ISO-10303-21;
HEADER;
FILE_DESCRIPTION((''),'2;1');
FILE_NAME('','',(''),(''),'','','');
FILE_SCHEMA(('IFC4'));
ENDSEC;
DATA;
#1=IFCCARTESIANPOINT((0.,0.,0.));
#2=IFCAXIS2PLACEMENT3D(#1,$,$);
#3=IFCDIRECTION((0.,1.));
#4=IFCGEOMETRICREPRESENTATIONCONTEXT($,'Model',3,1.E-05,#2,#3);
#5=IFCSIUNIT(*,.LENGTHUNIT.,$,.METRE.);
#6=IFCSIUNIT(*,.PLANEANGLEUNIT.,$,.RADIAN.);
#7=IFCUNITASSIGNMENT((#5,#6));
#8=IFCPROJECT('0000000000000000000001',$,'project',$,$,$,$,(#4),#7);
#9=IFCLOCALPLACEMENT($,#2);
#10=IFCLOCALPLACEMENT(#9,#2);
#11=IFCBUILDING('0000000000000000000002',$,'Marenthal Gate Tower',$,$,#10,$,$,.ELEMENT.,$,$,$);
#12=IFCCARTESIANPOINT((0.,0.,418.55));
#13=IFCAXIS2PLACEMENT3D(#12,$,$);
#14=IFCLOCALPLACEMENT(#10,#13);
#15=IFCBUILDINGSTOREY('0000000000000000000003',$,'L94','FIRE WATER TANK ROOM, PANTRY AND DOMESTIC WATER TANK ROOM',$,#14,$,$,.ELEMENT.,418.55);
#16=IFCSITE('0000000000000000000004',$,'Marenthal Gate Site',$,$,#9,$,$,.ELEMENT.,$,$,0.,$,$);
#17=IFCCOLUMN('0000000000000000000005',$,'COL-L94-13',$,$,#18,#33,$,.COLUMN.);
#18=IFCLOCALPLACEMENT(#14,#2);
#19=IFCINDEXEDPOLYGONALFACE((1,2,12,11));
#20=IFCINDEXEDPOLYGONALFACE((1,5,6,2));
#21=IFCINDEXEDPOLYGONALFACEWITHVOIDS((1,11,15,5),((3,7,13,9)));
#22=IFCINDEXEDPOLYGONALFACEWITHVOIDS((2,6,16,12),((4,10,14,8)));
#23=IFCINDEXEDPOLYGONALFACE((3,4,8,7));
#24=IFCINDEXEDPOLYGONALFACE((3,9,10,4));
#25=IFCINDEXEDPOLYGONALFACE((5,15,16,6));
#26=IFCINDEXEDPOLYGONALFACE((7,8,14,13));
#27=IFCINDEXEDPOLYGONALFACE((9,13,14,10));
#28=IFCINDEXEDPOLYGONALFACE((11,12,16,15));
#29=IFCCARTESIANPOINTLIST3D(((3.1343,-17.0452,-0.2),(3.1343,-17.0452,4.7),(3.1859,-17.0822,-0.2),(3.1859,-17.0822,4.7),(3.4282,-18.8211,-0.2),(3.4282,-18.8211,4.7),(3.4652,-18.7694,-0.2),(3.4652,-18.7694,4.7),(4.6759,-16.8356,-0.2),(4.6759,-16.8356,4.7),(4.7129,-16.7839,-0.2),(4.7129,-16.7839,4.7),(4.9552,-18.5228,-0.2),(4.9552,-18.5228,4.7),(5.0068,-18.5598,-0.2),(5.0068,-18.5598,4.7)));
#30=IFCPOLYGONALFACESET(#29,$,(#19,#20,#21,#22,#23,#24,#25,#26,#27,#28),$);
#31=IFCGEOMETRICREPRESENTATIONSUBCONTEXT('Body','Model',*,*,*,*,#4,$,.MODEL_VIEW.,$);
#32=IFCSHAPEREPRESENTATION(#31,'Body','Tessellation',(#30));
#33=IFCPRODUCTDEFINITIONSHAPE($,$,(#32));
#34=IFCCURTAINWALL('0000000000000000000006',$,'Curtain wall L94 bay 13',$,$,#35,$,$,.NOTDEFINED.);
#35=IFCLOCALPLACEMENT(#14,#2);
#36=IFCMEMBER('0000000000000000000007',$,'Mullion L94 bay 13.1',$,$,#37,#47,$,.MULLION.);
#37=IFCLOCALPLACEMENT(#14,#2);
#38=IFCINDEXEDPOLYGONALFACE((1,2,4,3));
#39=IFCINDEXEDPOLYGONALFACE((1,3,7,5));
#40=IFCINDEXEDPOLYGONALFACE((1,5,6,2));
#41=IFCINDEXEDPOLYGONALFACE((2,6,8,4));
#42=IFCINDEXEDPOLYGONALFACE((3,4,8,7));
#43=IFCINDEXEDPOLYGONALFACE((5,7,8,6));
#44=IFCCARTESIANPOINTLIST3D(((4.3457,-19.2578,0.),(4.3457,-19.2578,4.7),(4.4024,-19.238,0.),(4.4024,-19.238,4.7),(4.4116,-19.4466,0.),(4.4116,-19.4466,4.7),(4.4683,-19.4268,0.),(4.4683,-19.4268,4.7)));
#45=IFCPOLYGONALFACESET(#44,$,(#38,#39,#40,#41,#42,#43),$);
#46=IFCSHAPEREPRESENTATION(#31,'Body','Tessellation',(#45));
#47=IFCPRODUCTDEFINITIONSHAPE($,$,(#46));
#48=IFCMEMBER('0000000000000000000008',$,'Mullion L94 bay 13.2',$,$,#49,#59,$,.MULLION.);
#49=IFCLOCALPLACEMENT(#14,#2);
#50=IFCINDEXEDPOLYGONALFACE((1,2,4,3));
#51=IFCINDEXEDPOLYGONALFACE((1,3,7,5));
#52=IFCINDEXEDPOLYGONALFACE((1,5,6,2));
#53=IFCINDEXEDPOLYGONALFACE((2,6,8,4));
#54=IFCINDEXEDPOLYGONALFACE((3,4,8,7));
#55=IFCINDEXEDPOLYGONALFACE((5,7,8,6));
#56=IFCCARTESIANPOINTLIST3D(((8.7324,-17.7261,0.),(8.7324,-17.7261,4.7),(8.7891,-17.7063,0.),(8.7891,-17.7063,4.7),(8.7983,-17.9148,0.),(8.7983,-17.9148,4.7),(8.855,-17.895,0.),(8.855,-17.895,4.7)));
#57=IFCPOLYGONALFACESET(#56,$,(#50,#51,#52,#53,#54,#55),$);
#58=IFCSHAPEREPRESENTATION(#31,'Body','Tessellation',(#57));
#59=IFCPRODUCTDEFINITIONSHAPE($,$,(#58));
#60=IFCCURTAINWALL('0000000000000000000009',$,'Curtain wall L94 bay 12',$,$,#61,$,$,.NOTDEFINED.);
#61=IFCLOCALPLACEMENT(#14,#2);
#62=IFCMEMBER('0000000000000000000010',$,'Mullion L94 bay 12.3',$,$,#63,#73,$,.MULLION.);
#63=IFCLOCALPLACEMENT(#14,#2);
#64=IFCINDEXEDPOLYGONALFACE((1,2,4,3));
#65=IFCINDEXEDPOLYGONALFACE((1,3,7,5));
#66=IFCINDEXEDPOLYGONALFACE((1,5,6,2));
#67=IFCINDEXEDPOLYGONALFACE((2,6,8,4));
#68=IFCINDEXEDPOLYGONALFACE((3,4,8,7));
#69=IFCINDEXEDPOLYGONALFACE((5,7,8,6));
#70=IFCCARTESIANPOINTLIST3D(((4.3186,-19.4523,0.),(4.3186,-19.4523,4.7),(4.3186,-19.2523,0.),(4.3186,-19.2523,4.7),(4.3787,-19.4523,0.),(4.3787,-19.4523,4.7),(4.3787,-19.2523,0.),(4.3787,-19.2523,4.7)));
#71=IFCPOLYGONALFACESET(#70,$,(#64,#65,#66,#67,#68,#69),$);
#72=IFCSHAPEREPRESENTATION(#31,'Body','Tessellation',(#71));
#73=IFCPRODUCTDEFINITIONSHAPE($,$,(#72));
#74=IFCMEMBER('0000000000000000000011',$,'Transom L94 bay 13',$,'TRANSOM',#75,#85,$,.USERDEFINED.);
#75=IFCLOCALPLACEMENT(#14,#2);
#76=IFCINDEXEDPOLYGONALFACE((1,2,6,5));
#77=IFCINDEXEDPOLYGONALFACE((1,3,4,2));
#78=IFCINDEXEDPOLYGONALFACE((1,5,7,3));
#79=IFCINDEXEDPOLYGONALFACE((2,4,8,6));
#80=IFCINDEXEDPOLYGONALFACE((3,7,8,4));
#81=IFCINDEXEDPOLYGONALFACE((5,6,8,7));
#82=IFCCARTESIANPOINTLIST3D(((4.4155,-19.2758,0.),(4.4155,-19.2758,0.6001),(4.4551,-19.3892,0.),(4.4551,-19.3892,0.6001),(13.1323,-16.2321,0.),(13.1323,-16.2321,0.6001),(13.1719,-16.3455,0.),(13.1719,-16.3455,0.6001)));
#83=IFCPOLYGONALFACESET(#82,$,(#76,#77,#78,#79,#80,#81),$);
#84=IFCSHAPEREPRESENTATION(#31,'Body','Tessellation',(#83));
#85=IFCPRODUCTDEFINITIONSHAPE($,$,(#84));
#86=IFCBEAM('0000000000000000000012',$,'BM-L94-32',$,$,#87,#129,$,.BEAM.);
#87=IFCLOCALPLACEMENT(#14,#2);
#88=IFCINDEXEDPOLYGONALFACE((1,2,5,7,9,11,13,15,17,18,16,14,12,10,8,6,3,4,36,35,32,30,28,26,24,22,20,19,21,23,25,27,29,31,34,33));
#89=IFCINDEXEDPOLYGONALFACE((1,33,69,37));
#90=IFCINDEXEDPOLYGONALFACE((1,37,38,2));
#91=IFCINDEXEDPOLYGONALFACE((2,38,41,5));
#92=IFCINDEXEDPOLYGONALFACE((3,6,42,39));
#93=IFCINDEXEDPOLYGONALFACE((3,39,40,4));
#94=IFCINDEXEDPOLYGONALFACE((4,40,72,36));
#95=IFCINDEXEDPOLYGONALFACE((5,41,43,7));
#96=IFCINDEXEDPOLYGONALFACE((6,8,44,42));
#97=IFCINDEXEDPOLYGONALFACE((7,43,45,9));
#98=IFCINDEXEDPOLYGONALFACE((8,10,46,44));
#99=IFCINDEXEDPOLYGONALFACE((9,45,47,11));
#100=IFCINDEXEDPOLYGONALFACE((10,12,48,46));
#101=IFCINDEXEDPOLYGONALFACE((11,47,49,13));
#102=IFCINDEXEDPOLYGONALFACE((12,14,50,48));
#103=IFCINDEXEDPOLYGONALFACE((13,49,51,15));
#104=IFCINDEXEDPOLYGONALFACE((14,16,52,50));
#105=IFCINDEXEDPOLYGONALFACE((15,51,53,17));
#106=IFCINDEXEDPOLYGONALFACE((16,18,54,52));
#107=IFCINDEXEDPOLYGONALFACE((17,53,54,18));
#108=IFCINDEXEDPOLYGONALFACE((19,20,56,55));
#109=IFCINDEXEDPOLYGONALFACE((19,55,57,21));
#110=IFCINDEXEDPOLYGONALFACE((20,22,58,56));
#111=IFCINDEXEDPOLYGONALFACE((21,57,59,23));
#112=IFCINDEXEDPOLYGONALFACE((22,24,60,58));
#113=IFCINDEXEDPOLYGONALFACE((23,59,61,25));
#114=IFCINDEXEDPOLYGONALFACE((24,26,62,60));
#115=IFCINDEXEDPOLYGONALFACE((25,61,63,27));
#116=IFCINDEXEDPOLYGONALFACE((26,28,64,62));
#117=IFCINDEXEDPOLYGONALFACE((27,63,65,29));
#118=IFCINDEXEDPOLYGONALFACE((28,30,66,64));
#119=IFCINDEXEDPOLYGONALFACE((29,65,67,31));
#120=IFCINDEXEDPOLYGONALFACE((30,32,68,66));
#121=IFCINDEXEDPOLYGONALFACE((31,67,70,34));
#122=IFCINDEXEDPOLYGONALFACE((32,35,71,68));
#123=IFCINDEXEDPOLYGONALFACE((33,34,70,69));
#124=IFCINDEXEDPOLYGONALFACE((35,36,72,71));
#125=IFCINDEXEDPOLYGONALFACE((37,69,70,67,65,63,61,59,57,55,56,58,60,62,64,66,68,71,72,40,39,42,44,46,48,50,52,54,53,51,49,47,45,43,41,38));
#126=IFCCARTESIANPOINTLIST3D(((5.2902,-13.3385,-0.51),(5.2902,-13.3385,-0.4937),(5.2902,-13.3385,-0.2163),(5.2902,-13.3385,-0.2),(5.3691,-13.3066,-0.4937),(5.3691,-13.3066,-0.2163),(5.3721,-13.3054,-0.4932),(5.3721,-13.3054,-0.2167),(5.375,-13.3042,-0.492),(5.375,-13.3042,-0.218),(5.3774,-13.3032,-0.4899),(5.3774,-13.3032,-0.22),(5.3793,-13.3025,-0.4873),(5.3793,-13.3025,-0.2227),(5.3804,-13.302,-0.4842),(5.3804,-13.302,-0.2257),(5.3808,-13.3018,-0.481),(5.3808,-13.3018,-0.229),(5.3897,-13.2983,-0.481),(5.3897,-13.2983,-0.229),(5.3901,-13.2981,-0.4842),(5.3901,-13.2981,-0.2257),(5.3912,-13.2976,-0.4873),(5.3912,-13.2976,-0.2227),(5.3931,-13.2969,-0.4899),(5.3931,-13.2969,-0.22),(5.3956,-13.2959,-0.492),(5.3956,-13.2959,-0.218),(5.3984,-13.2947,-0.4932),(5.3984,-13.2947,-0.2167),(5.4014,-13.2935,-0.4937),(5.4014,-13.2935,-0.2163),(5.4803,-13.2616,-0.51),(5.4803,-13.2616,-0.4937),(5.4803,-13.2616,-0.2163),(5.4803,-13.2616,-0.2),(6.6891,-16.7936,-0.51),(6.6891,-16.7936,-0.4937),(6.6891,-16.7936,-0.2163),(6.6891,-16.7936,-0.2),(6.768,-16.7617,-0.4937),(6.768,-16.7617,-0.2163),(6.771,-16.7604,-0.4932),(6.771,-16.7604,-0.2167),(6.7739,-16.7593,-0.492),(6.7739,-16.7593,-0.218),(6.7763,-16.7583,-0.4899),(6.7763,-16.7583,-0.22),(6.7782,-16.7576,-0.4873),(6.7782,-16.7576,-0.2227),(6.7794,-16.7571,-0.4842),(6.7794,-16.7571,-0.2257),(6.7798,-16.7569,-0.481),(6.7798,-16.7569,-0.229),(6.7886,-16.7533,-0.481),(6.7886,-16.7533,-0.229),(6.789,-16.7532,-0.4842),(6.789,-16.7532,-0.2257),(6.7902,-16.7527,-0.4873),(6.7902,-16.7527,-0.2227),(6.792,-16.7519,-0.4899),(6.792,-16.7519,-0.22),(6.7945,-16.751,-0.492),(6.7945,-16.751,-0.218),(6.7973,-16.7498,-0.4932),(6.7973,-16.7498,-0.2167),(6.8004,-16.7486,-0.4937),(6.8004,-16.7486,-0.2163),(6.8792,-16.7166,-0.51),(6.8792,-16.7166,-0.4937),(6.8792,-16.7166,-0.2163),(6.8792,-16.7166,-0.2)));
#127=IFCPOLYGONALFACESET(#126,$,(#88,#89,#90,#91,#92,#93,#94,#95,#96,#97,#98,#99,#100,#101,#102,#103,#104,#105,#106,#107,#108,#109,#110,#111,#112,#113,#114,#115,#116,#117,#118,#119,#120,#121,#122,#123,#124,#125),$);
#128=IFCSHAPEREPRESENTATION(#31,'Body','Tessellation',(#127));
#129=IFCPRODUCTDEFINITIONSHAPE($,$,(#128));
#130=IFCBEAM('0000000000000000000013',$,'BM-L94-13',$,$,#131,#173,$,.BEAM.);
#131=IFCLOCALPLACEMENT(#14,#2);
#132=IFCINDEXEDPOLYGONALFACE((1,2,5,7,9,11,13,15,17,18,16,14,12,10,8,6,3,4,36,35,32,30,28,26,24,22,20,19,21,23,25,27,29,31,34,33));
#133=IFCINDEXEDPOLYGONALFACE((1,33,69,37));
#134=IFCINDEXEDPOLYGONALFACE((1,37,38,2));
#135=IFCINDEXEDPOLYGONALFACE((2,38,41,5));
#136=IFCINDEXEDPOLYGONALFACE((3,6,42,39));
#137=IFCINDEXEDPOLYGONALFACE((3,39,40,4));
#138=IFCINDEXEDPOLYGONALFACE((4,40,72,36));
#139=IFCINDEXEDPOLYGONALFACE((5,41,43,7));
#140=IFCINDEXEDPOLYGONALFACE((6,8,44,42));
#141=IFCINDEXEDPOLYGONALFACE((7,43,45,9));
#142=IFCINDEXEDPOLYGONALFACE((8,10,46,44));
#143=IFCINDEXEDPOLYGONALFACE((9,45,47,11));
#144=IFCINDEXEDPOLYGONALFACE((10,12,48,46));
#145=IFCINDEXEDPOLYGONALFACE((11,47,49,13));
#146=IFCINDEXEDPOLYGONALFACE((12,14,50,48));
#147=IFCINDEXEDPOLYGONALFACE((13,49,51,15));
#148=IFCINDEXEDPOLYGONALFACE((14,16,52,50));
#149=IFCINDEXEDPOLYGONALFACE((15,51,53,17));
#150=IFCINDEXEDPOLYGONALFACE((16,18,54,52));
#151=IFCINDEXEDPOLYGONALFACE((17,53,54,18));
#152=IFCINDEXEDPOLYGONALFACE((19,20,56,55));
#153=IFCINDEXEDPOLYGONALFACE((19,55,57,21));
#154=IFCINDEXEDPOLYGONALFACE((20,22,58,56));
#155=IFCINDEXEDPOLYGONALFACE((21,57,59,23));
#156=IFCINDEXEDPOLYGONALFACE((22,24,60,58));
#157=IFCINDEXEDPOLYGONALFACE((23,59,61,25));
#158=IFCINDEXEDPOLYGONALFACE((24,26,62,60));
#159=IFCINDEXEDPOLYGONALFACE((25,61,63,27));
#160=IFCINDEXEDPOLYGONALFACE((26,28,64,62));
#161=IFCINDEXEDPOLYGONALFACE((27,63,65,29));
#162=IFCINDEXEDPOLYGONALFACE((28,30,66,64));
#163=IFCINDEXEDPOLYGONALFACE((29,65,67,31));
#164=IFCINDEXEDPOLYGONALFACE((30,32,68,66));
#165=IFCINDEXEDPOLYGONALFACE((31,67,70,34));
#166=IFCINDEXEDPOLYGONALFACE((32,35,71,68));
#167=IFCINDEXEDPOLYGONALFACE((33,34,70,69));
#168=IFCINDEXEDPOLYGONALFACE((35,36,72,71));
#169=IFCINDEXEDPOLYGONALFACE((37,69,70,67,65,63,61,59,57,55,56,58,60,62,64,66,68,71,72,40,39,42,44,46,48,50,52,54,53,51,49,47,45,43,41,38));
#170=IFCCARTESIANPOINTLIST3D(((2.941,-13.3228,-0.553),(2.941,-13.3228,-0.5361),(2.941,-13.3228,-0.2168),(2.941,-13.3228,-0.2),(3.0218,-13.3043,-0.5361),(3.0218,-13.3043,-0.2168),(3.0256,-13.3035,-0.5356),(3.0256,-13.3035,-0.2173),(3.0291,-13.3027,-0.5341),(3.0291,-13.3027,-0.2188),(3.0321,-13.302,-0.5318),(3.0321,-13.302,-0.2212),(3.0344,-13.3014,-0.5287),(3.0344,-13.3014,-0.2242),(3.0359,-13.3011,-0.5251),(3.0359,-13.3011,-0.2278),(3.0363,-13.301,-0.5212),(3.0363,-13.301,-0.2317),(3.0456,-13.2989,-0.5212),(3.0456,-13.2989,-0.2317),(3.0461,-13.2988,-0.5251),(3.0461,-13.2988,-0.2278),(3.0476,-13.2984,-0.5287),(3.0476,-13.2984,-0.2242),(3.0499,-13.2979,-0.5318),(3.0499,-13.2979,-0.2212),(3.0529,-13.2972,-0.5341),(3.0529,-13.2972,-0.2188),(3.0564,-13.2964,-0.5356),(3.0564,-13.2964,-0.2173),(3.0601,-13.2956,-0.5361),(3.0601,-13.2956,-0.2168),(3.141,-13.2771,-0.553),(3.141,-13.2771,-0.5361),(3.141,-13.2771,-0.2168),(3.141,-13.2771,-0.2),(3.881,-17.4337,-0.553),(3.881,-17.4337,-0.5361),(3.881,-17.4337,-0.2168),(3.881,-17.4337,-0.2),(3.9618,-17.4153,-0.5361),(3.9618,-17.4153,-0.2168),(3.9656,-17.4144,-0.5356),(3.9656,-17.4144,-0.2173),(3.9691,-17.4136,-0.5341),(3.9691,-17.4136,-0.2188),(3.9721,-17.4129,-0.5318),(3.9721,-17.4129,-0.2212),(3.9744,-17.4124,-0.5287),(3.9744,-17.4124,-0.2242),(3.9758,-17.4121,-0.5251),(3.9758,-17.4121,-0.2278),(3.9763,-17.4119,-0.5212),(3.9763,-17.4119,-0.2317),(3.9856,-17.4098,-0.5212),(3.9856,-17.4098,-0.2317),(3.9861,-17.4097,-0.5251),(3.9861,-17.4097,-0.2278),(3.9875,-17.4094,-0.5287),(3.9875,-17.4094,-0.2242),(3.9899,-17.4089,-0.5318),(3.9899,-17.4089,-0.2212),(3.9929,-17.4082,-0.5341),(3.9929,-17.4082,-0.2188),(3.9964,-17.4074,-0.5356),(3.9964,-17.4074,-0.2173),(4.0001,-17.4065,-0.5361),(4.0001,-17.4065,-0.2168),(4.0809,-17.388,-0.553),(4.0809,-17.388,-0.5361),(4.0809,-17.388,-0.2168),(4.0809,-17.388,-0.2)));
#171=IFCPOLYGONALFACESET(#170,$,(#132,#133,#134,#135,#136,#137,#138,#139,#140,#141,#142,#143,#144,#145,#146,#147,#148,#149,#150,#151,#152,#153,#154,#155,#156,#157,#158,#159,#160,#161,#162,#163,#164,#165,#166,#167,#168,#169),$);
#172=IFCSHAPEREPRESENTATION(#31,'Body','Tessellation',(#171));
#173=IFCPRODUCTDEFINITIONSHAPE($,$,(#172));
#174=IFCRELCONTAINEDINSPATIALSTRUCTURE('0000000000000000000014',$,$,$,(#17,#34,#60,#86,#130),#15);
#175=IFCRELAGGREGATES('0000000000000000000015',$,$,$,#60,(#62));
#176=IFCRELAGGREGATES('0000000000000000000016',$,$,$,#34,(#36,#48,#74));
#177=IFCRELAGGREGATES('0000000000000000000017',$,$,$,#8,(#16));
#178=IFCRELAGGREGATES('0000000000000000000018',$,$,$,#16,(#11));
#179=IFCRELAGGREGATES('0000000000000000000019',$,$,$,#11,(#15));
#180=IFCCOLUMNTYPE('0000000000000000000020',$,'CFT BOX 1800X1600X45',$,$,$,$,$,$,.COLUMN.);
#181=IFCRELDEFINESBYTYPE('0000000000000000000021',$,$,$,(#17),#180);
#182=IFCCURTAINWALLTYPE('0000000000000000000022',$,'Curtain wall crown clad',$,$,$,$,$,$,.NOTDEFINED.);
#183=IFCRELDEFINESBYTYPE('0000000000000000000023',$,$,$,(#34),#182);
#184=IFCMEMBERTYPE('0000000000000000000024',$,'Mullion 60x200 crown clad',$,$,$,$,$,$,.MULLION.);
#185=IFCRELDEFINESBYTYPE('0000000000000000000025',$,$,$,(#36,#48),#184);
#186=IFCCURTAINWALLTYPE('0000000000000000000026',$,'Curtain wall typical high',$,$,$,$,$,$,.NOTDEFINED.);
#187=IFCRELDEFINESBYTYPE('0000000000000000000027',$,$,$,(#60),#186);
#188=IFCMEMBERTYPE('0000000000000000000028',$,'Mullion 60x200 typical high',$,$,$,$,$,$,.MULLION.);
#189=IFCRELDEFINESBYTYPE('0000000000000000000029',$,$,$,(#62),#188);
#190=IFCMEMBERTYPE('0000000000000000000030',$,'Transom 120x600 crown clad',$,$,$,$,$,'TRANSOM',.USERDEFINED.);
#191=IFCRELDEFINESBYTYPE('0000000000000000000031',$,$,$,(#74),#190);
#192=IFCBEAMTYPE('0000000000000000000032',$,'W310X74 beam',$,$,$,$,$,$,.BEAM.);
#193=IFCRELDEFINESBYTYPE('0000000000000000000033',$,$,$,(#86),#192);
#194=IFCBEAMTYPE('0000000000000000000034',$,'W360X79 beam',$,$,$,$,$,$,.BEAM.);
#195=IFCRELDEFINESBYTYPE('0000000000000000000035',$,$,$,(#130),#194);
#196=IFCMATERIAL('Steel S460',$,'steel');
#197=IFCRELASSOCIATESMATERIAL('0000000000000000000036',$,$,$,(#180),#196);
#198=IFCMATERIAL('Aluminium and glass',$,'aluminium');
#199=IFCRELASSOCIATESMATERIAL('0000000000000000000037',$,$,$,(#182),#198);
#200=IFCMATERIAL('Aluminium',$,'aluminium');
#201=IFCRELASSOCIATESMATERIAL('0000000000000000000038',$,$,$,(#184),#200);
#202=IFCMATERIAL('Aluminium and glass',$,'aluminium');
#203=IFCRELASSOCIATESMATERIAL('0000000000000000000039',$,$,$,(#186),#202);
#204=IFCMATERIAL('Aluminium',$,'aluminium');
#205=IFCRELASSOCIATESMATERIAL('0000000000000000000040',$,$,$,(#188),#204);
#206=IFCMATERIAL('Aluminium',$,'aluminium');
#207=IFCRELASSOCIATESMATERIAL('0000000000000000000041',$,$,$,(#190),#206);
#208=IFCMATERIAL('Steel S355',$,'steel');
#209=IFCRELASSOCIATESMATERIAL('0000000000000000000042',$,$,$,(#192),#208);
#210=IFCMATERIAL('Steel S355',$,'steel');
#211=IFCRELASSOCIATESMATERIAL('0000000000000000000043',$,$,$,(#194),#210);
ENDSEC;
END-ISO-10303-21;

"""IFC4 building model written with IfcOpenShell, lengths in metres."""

from ifc_helpers import new_model, si_unit, direction, frame, origin, origin_2d, place, context, subcontext, project, spatial, rectangle, hollow_rectangle, i_section, extrude, material, material_profile, profile_set, type_object, element, aggregate, save


model = new_model("IFC4")

# Units and contexts
model_context = context("Model", 3, precision=1e-05, world=origin(), true_north=direction((0.0, 1.0)))
body_context = subcontext(model_context, "Body", "Model", "MODEL_VIEW")
ifc_project = project(units=[si_unit("LENGTHUNIT", "METRE"), si_unit("PLANEANGLEUNIT", "RADIAN")], contexts=[model_context])

# Site, building, storey
site_placement = place(None, origin())
site = spatial("IfcSite", under=ifc_project, at=site_placement, Name="Marenthal Gate Site", CompositionType="ELEMENT", RefElevation=0.0)
building_placement = place(site_placement, origin())
building = spatial("IfcBuilding", under=site, at=building_placement, Name="Marenthal Gate Tower", CompositionType="ELEMENT")
storey_placement = place(building_placement, frame((0.0, 0.0, 418.55)))
storey = spatial("IfcBuildingStorey", under=building, at=storey_placement, Name="L94", Description="FIRE WATER TANK ROOM, PANTRY AND DOMESTIC WATER TANK ROOM", CompositionType="ELEMENT", Elevation=418.55)

# Column
ifc_material_1 = material(Name="Steel S460", Category="steel")
ifc_material_profile_1 = material_profile(ifc_material_1, hollow_rectangle(XDim=1.6001, YDim=1.8, WallThickness=0.0449, at=origin_2d()), Name="CFT BOX 1800X1600X45")
ifc_material_2 = material(Name="Concrete 70 MPa", Category="concrete")
ifc_material_profile_2 = material_profile(ifc_material_2, rectangle(XDim=1.51, YDim=1.71, at=origin_2d()), Name="CFT BOX 1800X1600X45 INFILL")
ifc_profile_set_1 = profile_set([ifc_material_profile_1, ifc_material_profile_2], Name="Steel S460 shell, Concrete 70 MPa infill")
column_type = type_object("IfcColumnType", Name="CFT BOX 1800X1600X45", PredefinedType="COLUMN", material=ifc_profile_set_1)
column_placement = place(storey_placement, frame((4.0706, -17.8025, -0.2), z_axis=(0.0, 0.0, 1.0), x_axis=(-0.986576, -0.163305, 0.0)))
element("IfcColumn", 1, at=column_placement, inside=storey, type_object=column_type, Name="COL-L94-13", PredefinedType="COLUMN", context=body_context, shape_type="SweptSolid", body=[
    extrude(hollow_rectangle(XDim=1.6001, YDim=1.8, WallThickness=0.0449, at=origin_2d()), origin(), (0.0, 0.0, 1.0), 4.8999),
])

# Curtain wall, members
ifc_material_3 = material(Name="Aluminium and glass", Category="aluminium")
curtain_wall_type_1 = type_object("IfcCurtainWallType", Name="Curtain wall crown clad", PredefinedType="NOTDEFINED", material=ifc_material_3)
curtain_wall_1_placement = place(storey_placement, origin())
curtain_wall_1 = element("IfcCurtainWall", 2, at=curtain_wall_1_placement, inside=storey, type_object=curtain_wall_type_1, Name="Curtain wall L94 bay 13", PredefinedType="NOTDEFINED")
ifc_material_4 = material(Name="Aluminium", Category="aluminium")
ifc_material_profile_3 = material_profile(ifc_material_4, rectangle(XDim=0.2, YDim=0.0601, at=origin_2d()), Name="60x200 aluminium mullion")
ifc_profile_set_2 = profile_set([ifc_material_profile_3], Name="Aluminium")
member_type_1 = type_object("IfcMemberType", Name="Mullion 60x200 crown clad", PredefinedType="MULLION", material=ifc_profile_set_2)
member_1_placement = place(storey_placement, frame((4.407, -19.3423, 0.0), z_axis=(0.0, 0.0, 1.0), x_axis=(-0.329655, 0.944101, 0.0)))
member_1 = element("IfcMember", 3, at=member_1_placement, type_object=member_type_1, Name="Mullion L94 bay 13.1", PredefinedType="MULLION", context=body_context, shape_type="SweptSolid", body=[
    extrude(rectangle(XDim=0.2, YDim=0.0601, at=origin_2d()), origin(), (0.0, 0.0, 1.0), 4.7),
])
member_2_placement = place(storey_placement, frame((8.7937, -17.8105, 0.0), z_axis=(0.0, 0.0, 1.0), x_axis=(-0.329655, 0.944101, 0.0)))
member_2 = element("IfcMember", 4, at=member_2_placement, type_object=member_type_1, Name="Mullion L94 bay 13.2", PredefinedType="MULLION", context=body_context, shape_type="SweptSolid", body=[
    extrude(rectangle(XDim=0.2, YDim=0.0601, at=origin_2d()), origin(), (0.0, 0.0, 1.0), 4.7),
])

# Curtain wall, member
ifc_material_5 = material(Name="Aluminium and glass", Category="aluminium")
curtain_wall_type_2 = type_object("IfcCurtainWallType", Name="Curtain wall typical high", PredefinedType="NOTDEFINED", material=ifc_material_5)
curtain_wall_2_placement = place(storey_placement, origin())
curtain_wall_2 = element("IfcCurtainWall", 5, at=curtain_wall_2_placement, inside=storey, type_object=curtain_wall_type_2, Name="Curtain wall L94 bay 12", PredefinedType="NOTDEFINED")
ifc_material_6 = material(Name="Aluminium", Category="aluminium")
ifc_material_profile_4 = material_profile(ifc_material_6, rectangle(XDim=0.2, YDim=0.0601, at=origin_2d()), Name="60x200 aluminium mullion")
ifc_profile_set_3 = profile_set([ifc_material_profile_4], Name="Aluminium")
member_type_2 = type_object("IfcMemberType", Name="Mullion 60x200 typical high", PredefinedType="MULLION", material=ifc_profile_set_3)
member_3_placement = place(storey_placement, frame((4.3486, -19.3523, 0.0), z_axis=(0.0, 0.0, 1.0), x_axis=(0.0, 1.0, 0.0)))
member_3 = element("IfcMember", 6, at=member_3_placement, type_object=member_type_2, Name="Mullion L94 bay 12.3", PredefinedType="MULLION", context=body_context, shape_type="SweptSolid", body=[
    extrude(rectangle(XDim=0.2, YDim=0.0601, at=origin_2d()), origin(), (0.0, 0.0, 1.0), 4.7),
])

# Member
ifc_material_7 = material(Name="Aluminium", Category="aluminium")
ifc_material_profile_5 = material_profile(ifc_material_7, rectangle(XDim=0.1201, YDim=0.6001, at=origin_2d()), Name="120x600 aluminium transom")
ifc_profile_set_4 = profile_set([ifc_material_profile_5], Name="Aluminium")
member_type_3 = type_object("IfcMemberType", Name="Transom 120x600 crown clad", ElementType="TRANSOM", PredefinedType="USERDEFINED", material=ifc_profile_set_4)
member_4_placement = place(storey_placement, frame((4.4353, -19.3325, 0.3), z_axis=(0.944101, 0.329658, 0.0), x_axis=(-0.329658, 0.944101, 0.0)))
member_4 = element("IfcMember", 7, at=member_4_placement, type_object=member_type_3, Name="Transom L94 bay 13", ObjectType="TRANSOM", PredefinedType="USERDEFINED", context=body_context, shape_type="SweptSolid", body=[
    extrude(rectangle(XDim=0.1201, YDim=0.6001, at=origin_2d()), origin(), (0.0, 0.0, 1.0), 9.2329),
])

# Beams
ifc_material_8 = material(Name="Steel S355", Category="steel")
ifc_material_profile_6 = material_profile(ifc_material_8, i_section(OverallWidth=0.2051, OverallDepth=0.3101, WebThickness=0.0095, FlangeThickness=0.0164, FilletRadius=0.0127, at=origin_2d()), Name="W310X74")
ifc_profile_set_5 = profile_set([ifc_material_profile_6], Name="Steel S355")
beam_type_1 = type_object("IfcBeamType", Name="W310X74 beam", PredefinedType="BEAM", material=ifc_profile_set_5)
beam_1_placement = place(storey_placement, frame((6.7842, -16.7551, -0.355), z_axis=(-0.375295, 0.926906, 0.0), x_axis=(-0.926906, -0.375295, 0.0)))
element("IfcBeam", 8, at=beam_1_placement, inside=storey, type_object=beam_type_1, Name="BM-L94-32", PredefinedType="BEAM", context=body_context, shape_type="SweptSolid", body=[
    extrude(i_section(OverallWidth=0.2051, OverallDepth=0.3101, WebThickness=0.0095, FlangeThickness=0.0164, FilletRadius=0.0127, at=origin_2d()), origin(), (0.0, 0.0, 1.0), 3.7275),
])
ifc_material_9 = material(Name="Steel S355", Category="steel")
ifc_material_profile_7 = material_profile(ifc_material_9, i_section(OverallWidth=0.2051, OverallDepth=0.353, WebThickness=0.0095, FlangeThickness=0.0168, FilletRadius=0.0149, at=origin_2d()), Name="W360X79")
ifc_profile_set_6 = profile_set([ifc_material_profile_7], Name="Steel S355")
beam_type_2 = type_object("IfcBeamType", Name="W360X79 beam", PredefinedType="BEAM", material=ifc_profile_set_6)
beam_2_placement = place(storey_placement, frame((3.981, -17.4109, -0.3765), z_axis=(-0.222897, 0.974842, 0.0), x_axis=(-0.974842, -0.222897, 0.0)))
element("IfcBeam", 9, at=beam_2_placement, inside=storey, type_object=beam_type_2, Name="BM-L94-13", PredefinedType="BEAM", context=body_context, shape_type="SweptSolid", body=[
    extrude(i_section(OverallWidth=0.2051, OverallDepth=0.353, WebThickness=0.0095, FlangeThickness=0.0168, FilletRadius=0.0149, at=origin_2d()), origin(), (0.0, 0.0, 1.0), 4.217),
])

aggregate(curtain_wall_2, [member_3])

aggregate(curtain_wall_1, [member_1, member_2, member_4])

save(model, "model.ifc")
